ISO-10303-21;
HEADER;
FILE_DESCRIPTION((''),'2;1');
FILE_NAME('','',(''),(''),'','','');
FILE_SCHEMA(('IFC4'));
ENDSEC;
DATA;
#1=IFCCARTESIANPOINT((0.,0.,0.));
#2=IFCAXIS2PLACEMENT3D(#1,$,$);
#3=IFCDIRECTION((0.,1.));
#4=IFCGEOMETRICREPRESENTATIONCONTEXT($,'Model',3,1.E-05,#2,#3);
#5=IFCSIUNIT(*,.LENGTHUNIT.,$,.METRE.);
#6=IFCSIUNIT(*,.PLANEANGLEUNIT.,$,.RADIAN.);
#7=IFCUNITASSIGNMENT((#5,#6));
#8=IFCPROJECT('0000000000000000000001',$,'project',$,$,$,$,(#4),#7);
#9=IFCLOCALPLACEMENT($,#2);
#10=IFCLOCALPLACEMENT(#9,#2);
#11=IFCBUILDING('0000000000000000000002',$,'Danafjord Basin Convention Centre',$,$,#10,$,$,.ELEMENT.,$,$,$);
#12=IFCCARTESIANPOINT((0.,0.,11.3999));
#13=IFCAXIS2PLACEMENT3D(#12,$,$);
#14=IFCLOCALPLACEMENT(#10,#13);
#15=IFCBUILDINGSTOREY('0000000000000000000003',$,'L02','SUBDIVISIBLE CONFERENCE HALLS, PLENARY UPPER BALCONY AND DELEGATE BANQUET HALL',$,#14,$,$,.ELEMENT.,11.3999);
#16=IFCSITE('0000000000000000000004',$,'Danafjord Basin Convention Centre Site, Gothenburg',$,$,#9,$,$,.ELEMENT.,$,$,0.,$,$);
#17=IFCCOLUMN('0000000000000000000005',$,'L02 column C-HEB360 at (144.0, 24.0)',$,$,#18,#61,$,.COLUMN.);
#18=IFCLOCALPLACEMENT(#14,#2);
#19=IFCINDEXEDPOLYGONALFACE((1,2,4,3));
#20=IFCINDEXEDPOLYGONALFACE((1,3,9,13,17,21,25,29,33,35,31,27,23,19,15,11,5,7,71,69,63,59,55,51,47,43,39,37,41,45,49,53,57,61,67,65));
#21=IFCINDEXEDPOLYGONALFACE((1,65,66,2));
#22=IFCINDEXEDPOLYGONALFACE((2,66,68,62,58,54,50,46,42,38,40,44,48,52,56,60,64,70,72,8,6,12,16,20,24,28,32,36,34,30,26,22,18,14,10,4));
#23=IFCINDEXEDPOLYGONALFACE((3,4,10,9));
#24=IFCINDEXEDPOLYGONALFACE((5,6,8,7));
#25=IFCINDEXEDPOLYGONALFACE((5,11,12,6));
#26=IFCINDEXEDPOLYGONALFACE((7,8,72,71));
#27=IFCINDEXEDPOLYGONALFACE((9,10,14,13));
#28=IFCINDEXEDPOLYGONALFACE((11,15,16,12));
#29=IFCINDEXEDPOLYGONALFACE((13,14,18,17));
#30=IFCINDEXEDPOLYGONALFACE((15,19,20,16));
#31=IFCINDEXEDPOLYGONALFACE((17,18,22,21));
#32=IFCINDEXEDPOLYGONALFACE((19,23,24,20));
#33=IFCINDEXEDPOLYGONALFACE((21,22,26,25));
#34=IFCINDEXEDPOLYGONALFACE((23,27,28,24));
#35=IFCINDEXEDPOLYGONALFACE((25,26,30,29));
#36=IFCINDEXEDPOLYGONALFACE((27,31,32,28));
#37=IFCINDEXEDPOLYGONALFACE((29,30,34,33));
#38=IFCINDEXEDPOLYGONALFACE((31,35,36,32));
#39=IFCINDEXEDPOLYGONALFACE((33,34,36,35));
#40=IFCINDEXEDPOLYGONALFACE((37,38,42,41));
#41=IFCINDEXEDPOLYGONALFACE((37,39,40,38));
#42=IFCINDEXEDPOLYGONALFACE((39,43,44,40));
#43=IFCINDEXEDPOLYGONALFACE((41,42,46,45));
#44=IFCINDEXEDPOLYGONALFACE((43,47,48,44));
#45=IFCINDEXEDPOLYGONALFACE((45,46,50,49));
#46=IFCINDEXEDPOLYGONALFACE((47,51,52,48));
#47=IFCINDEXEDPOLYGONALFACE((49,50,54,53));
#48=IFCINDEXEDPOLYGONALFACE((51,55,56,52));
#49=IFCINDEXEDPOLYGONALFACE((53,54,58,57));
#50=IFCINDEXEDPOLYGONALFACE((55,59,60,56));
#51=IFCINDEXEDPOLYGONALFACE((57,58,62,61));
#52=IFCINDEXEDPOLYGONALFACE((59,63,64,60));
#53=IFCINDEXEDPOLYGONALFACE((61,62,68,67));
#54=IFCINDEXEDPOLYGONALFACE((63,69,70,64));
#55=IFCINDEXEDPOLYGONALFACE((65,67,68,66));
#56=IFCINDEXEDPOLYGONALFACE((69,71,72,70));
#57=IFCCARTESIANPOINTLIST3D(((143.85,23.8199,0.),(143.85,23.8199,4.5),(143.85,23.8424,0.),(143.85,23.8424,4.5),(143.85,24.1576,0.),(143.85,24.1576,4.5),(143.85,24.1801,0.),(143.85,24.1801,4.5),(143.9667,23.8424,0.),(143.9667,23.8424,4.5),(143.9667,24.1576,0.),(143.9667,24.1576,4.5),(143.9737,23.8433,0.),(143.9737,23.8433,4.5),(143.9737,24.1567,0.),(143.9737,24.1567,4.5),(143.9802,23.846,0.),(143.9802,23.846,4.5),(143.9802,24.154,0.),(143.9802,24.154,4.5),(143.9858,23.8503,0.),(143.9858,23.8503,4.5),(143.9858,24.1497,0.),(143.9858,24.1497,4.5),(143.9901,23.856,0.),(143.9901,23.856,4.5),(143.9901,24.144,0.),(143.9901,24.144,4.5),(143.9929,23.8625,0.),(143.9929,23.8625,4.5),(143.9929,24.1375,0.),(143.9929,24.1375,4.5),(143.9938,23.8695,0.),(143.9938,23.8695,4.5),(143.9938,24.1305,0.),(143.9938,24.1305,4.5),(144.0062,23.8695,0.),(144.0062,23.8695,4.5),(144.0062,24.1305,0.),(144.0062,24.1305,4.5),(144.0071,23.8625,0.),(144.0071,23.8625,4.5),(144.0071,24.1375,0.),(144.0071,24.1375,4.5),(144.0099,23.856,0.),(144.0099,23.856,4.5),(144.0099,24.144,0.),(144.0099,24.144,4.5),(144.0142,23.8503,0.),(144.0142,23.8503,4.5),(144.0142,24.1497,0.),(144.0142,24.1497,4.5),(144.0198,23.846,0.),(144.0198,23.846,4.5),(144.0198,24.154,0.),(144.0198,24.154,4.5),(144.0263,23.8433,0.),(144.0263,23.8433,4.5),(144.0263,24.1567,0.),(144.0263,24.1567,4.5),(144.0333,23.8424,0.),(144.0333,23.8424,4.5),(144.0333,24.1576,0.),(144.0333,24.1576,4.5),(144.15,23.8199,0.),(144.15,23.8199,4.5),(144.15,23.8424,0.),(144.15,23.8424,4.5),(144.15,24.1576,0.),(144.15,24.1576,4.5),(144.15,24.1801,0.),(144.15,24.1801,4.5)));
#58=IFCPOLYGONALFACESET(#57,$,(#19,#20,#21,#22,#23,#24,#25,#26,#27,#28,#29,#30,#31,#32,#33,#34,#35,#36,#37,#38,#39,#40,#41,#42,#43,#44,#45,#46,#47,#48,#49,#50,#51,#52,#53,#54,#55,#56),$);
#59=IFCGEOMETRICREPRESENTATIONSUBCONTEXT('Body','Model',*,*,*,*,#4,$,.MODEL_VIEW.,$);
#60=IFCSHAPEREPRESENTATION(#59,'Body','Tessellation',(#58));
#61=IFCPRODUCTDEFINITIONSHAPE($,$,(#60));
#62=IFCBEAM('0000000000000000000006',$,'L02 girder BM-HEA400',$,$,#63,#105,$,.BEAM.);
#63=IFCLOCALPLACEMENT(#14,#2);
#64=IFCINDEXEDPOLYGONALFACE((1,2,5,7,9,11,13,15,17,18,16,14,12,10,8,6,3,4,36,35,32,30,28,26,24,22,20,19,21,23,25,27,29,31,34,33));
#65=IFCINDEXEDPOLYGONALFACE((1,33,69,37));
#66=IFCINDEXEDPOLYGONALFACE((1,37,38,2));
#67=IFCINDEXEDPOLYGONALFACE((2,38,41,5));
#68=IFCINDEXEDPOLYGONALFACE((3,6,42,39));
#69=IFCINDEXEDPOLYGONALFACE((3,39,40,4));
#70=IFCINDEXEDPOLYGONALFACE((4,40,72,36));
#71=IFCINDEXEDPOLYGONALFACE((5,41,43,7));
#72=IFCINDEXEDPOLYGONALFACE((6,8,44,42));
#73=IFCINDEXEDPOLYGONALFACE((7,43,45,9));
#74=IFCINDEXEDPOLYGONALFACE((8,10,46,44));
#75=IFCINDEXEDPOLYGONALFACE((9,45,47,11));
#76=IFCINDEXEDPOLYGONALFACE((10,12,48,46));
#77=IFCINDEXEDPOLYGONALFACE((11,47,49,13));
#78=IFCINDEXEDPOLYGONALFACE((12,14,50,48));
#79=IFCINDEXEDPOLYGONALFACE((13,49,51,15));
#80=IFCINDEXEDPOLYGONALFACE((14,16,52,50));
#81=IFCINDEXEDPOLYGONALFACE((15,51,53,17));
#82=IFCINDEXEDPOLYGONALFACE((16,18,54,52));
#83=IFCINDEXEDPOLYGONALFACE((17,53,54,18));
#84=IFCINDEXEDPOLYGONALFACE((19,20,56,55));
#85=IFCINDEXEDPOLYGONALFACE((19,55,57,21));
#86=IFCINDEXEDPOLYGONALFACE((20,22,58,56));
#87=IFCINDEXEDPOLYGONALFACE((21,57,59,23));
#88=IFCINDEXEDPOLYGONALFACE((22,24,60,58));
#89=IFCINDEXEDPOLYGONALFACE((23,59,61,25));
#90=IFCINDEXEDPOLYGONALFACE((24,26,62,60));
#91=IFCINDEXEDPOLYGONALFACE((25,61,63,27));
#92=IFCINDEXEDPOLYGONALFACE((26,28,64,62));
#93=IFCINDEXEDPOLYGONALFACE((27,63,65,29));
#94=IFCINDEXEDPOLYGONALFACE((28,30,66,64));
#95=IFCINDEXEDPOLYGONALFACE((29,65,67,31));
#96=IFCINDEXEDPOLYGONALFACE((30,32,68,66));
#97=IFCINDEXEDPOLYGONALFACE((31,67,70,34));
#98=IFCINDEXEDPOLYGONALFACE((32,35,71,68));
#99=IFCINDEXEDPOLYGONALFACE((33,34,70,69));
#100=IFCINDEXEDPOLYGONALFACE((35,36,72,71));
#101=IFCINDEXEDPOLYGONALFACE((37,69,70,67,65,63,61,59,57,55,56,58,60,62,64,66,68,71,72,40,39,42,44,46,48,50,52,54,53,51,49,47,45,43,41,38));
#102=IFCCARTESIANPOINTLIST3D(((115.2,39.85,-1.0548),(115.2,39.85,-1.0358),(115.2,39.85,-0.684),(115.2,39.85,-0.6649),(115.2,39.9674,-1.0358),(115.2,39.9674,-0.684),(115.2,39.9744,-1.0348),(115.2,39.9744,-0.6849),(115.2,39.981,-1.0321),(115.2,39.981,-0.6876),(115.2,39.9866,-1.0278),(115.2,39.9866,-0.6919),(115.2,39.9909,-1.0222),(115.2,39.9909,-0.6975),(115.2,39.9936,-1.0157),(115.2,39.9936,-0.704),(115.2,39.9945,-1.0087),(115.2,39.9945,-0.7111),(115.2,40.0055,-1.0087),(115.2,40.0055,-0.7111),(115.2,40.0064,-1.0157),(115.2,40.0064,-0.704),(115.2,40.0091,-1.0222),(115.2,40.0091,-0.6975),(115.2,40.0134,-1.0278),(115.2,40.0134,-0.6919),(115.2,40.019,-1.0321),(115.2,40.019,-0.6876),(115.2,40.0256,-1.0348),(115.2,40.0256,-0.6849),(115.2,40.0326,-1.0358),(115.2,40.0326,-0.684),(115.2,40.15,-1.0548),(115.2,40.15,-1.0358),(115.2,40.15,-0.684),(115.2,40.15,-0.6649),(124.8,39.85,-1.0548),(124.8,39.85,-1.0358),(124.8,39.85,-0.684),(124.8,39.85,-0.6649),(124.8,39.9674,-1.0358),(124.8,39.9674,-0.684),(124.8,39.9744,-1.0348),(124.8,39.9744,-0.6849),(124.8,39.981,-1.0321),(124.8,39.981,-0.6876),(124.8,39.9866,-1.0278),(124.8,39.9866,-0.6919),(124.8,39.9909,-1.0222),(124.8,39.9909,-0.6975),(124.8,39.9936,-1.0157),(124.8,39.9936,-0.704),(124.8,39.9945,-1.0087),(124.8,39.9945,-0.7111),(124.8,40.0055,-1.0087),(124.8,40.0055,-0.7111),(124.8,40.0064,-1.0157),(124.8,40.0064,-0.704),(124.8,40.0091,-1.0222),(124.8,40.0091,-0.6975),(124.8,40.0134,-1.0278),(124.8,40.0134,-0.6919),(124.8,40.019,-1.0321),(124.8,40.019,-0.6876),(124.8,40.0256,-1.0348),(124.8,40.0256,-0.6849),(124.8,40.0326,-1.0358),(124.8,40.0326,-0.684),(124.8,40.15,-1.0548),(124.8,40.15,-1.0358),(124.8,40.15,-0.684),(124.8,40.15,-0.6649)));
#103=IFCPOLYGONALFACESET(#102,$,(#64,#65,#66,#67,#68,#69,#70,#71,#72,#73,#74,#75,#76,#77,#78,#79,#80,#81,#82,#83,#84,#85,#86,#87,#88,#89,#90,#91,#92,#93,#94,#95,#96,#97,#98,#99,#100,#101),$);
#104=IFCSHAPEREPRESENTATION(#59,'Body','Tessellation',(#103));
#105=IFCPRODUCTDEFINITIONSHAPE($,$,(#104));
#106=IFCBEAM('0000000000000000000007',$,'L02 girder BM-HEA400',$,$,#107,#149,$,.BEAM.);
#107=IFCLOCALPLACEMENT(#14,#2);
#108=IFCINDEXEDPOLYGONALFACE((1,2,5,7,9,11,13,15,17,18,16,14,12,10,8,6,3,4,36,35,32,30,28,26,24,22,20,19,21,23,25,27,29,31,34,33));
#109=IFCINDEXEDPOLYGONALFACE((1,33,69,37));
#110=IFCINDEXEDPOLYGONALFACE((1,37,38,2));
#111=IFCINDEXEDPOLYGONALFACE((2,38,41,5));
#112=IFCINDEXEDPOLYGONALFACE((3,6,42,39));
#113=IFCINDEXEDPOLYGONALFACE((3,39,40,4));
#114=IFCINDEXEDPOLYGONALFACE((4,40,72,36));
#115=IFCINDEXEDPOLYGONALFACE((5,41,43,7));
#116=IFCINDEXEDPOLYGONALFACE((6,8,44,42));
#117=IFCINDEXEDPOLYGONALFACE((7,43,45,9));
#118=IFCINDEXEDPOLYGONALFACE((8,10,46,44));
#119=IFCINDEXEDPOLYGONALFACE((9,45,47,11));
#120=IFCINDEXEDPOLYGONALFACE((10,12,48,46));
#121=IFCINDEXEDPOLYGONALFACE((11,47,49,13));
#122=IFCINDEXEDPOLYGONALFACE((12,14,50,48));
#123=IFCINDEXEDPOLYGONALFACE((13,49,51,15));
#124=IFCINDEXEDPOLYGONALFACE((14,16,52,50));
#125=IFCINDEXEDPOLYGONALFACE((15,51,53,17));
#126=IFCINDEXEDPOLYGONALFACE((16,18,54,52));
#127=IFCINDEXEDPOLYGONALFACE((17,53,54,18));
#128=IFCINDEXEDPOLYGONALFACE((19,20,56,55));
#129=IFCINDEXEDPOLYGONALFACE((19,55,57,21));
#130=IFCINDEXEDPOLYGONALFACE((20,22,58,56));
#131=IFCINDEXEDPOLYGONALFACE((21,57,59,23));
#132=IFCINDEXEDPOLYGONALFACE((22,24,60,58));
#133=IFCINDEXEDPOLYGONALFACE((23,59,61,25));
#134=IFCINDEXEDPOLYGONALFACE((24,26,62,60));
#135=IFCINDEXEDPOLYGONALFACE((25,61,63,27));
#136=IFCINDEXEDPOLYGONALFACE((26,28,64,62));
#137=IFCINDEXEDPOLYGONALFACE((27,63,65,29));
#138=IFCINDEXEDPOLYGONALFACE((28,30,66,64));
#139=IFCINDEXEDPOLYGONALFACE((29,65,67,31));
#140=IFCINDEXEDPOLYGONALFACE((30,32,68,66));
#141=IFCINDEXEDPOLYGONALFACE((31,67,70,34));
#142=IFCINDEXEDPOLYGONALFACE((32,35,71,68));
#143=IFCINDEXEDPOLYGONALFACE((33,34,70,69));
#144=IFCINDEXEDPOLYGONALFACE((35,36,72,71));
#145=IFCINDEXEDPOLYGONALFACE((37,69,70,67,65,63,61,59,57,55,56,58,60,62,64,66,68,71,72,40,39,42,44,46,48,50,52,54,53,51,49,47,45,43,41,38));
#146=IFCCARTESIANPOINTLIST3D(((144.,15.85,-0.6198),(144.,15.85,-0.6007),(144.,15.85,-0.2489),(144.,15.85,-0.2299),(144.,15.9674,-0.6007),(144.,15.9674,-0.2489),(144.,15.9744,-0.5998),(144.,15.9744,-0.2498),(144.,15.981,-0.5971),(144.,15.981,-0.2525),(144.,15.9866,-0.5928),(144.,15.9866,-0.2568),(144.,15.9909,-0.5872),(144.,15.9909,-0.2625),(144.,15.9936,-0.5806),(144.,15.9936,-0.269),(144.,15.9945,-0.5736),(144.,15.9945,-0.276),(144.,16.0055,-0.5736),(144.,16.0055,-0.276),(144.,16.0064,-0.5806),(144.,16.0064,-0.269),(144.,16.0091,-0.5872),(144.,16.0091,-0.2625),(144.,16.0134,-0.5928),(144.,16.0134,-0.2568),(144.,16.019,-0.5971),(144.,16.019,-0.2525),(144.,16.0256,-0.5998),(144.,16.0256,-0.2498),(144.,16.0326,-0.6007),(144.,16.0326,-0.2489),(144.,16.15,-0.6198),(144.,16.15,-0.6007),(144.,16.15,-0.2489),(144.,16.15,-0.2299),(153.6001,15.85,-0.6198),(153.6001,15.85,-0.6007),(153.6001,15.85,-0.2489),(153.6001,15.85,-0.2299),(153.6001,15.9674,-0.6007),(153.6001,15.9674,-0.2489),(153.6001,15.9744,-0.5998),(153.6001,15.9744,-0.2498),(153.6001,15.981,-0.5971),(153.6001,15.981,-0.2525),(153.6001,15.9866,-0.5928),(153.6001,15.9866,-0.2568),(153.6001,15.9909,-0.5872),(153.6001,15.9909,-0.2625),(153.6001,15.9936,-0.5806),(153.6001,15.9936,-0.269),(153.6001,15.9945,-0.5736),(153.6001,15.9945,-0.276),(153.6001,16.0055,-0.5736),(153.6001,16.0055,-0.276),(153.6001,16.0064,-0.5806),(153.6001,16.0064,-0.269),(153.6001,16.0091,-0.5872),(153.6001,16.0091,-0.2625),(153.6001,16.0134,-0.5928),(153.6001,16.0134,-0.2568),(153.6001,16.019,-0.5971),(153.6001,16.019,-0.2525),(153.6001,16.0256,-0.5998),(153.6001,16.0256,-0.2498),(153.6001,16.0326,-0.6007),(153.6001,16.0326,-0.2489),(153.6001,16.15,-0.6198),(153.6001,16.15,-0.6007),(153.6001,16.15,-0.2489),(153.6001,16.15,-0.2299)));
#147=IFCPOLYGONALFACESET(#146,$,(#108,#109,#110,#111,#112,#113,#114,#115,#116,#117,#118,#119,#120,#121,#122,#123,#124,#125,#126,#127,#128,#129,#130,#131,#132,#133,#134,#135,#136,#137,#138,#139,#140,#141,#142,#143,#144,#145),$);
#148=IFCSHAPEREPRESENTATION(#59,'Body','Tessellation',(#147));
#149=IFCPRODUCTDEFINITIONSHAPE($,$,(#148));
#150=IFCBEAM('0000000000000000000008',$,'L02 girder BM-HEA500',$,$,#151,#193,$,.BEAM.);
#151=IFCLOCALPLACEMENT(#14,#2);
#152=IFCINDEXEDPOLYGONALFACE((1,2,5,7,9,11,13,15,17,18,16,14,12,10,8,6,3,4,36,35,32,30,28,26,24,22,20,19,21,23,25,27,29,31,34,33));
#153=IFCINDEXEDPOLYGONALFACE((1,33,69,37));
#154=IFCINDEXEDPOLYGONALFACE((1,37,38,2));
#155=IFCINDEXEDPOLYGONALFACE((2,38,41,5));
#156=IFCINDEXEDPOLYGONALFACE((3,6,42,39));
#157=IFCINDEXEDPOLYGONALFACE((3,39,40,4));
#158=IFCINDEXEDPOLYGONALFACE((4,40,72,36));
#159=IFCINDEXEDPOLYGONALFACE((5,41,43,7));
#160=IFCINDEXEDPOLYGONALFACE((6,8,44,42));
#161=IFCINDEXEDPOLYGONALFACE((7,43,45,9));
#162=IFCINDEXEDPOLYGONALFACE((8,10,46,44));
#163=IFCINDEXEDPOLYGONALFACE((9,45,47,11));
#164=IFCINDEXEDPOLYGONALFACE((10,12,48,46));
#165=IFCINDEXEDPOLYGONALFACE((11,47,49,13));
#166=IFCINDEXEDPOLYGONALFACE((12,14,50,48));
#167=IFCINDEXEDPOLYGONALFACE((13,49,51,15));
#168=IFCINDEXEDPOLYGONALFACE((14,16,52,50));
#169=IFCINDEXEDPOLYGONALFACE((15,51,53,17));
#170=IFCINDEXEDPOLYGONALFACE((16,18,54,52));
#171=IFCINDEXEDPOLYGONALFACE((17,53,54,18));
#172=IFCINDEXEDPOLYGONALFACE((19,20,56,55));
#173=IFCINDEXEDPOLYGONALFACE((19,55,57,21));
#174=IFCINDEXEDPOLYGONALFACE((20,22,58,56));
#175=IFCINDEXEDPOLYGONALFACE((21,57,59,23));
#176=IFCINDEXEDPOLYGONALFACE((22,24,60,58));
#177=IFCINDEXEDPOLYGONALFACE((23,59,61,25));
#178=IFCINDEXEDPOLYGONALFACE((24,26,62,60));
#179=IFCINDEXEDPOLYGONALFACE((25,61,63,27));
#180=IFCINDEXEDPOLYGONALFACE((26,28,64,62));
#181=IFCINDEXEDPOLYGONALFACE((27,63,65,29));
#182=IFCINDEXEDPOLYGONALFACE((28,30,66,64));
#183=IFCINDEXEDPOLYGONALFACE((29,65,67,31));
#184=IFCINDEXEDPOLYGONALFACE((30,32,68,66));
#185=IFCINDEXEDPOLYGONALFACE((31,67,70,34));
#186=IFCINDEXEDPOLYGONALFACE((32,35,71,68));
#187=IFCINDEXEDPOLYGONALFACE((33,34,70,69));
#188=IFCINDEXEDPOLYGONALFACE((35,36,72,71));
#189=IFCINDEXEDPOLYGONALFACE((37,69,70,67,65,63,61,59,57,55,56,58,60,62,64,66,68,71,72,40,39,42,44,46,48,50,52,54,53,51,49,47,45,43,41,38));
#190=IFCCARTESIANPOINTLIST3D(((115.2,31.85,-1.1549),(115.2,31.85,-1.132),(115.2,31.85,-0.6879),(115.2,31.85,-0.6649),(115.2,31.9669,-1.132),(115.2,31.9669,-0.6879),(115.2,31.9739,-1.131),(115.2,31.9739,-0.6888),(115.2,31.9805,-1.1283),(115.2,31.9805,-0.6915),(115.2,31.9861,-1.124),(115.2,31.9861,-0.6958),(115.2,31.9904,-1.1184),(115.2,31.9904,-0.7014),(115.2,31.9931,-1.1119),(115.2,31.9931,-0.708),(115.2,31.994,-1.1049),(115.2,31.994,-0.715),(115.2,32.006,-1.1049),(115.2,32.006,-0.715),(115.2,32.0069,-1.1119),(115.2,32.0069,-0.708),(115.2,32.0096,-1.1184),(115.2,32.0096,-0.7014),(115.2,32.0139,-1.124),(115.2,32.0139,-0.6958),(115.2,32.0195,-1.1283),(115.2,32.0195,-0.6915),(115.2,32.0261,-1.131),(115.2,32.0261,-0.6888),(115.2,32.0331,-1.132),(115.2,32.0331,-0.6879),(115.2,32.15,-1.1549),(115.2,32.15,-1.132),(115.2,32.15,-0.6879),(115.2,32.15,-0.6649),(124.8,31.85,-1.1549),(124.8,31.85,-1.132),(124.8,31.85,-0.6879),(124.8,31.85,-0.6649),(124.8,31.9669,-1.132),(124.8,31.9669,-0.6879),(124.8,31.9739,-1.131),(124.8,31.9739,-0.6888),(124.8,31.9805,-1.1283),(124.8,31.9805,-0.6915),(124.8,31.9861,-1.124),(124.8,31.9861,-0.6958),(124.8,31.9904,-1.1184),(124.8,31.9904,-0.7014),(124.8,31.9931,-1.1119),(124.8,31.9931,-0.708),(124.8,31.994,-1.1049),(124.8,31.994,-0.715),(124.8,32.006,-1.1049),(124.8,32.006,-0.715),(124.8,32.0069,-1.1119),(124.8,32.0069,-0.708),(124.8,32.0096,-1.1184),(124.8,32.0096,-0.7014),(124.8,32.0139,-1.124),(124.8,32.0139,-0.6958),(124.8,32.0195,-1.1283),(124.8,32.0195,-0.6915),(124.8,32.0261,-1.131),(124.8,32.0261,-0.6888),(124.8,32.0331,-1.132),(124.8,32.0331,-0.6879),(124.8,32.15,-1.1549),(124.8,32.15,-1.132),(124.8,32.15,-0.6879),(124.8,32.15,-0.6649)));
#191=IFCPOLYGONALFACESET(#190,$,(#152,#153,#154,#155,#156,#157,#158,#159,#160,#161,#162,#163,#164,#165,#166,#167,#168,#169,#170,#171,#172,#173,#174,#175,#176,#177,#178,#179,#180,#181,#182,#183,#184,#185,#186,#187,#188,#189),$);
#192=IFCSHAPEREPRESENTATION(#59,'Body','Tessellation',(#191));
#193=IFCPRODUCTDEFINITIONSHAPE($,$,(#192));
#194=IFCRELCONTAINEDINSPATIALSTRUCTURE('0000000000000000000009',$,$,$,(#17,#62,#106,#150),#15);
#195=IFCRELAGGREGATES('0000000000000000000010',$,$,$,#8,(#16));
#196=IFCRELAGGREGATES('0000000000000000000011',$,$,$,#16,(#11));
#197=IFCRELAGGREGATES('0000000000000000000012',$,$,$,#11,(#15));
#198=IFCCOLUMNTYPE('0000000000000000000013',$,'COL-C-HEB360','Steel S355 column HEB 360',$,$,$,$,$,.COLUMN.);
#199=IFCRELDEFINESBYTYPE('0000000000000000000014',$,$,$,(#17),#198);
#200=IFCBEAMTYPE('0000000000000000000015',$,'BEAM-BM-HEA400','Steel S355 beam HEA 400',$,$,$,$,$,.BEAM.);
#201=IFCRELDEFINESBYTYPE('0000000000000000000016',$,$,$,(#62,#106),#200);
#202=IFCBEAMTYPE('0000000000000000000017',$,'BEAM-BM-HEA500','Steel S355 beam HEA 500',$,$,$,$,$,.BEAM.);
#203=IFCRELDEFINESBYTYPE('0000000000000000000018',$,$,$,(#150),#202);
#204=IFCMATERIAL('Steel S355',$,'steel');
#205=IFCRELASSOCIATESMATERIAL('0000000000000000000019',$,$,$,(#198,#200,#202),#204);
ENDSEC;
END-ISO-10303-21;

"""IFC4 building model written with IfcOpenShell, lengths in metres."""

from ifc_helpers import new_model, si_unit, direction, frame, origin, origin_2d, place, context, subcontext, project, spatial, i_section, extrude, material, material_profile, profile_set, type_object, element, save


model = new_model("IFC4")

# Units and contexts
model_context = context("Model", 3, precision=1e-05, world=origin(), true_north=direction((0.0, 1.0)))
body_context = subcontext(model_context, "Body", "Model", "MODEL_VIEW")
ifc_project = project(units=[si_unit("LENGTHUNIT", "METRE"), si_unit("PLANEANGLEUNIT", "RADIAN")], contexts=[model_context])

# Site, building, storey
site_placement = place(None, origin())
site = spatial("IfcSite", under=ifc_project, at=site_placement, Name="Danafjord Basin Convention Centre Site, Gothenburg", CompositionType="ELEMENT", RefElevation=0.0)
building_placement = place(site_placement, origin())
building = spatial("IfcBuilding", under=site, at=building_placement, Name="Danafjord Basin Convention Centre", CompositionType="ELEMENT")
storey_placement = place(building_placement, frame((0.0, 0.0, 11.3999)))
storey = spatial("IfcBuildingStorey", under=building, at=storey_placement, Name="L02", Description="SUBDIVISIBLE CONFERENCE HALLS, PLENARY UPPER BALCONY AND DELEGATE BANQUET HALL", CompositionType="ELEMENT", Elevation=11.3999)

# Column
ifc_material = material(Name="Steel S355", Category="steel")
ifc_material_profile_1 = material_profile(ifc_material, i_section(OverallWidth=0.3, OverallDepth=0.3601, WebThickness=0.0125, FlangeThickness=0.0225, FilletRadius=0.0271, at=origin_2d()), Name="HEB 360")
ifc_profile_set_1 = profile_set([ifc_material_profile_1], Name="Steel S355")
column_type_1 = type_object("IfcColumnType", Name="COL-C-HEB360", Description="Steel S355 column HEB 360", PredefinedType="COLUMN", material=ifc_profile_set_1)
column_1_placement = place(storey_placement, frame((144.0, 24.0, 0.0), z_axis=(0.0, 0.0, 1.0), x_axis=(1.0, 0.0, 0.0)))
element("IfcColumn", 1, at=column_1_placement, inside=storey, type_object=column_type_1, Name="L02 column C-HEB360 at (144.0, 24.0)", PredefinedType="COLUMN", context=body_context, shape_type="SweptSolid", body=[
    extrude(i_section(OverallWidth=0.3, OverallDepth=0.3601, WebThickness=0.0125, FlangeThickness=0.0225, FilletRadius=0.0271, at=origin_2d()), origin(), (0.0, 0.0, 1.0), 4.5),
])

# Beams
ifc_material_profile_2 = material_profile(ifc_material, i_section(OverallWidth=0.3, OverallDepth=0.3899, WebThickness=0.011, FlangeThickness=0.019, FilletRadius=0.0271, at=origin_2d()), Name="HEA 400")
ifc_profile_set_2 = profile_set([ifc_material_profile_2], Name="Steel S355")
beam_type_1 = type_object("IfcBeamType", Name="BEAM-BM-HEA400", Description="Steel S355 beam HEA 400", PredefinedType="BEAM", material=ifc_profile_set_2)
for number, where, z_axis, x_axis, name in (
    (2, (115.2, 40.0, -0.8599), (1.0, 0.0, 0.0), (0.0, 1.0, 0.0), "L02 girder BM-HEA400"),
    (3, (144.0, 16.0, -0.4248), (1.0, 0.0, 0.0), (0.0, 1.0, 0.0), "L02 girder BM-HEA400"),
):
    element("IfcBeam", number, at=place(storey_placement, frame(where, z_axis=z_axis, x_axis=x_axis)), inside=storey, type_object=beam_type_1, Name=name, PredefinedType="BEAM", context=body_context, shape_type="SweptSolid", body=[
        extrude(i_section(OverallWidth=0.3, OverallDepth=0.3899, WebThickness=0.011, FlangeThickness=0.019, FilletRadius=0.0271, at=origin_2d()), origin(), (0.0, 0.0, 1.0), 9.6001),
    ])
ifc_material_profile_3 = material_profile(ifc_material, i_section(OverallWidth=0.3, OverallDepth=0.49, WebThickness=0.012, FlangeThickness=0.0229, FilletRadius=0.0271, at=origin_2d()), Name="HEA 500")
ifc_profile_set_3 = profile_set([ifc_material_profile_3], Name="Steel S355")
beam_type_2 = type_object("IfcBeamType", Name="BEAM-BM-HEA500", Description="Steel S355 beam HEA 500", PredefinedType="BEAM", material=ifc_profile_set_3)
beam_1_placement = place(storey_placement, frame((115.2, 32.0, -0.9099), z_axis=(1.0, 0.0, 0.0), x_axis=(0.0, 1.0, 0.0)))
element("IfcBeam", 4, at=beam_1_placement, inside=storey, type_object=beam_type_2, Name="L02 girder BM-HEA500", PredefinedType="BEAM", context=body_context, shape_type="SweptSolid", body=[
    extrude(i_section(OverallWidth=0.3, OverallDepth=0.49, WebThickness=0.012, FlangeThickness=0.0229, FilletRadius=0.0271, at=origin_2d()), origin(), (0.0, 0.0, 1.0), 9.6001),
])

save(model, "model.ifc")
